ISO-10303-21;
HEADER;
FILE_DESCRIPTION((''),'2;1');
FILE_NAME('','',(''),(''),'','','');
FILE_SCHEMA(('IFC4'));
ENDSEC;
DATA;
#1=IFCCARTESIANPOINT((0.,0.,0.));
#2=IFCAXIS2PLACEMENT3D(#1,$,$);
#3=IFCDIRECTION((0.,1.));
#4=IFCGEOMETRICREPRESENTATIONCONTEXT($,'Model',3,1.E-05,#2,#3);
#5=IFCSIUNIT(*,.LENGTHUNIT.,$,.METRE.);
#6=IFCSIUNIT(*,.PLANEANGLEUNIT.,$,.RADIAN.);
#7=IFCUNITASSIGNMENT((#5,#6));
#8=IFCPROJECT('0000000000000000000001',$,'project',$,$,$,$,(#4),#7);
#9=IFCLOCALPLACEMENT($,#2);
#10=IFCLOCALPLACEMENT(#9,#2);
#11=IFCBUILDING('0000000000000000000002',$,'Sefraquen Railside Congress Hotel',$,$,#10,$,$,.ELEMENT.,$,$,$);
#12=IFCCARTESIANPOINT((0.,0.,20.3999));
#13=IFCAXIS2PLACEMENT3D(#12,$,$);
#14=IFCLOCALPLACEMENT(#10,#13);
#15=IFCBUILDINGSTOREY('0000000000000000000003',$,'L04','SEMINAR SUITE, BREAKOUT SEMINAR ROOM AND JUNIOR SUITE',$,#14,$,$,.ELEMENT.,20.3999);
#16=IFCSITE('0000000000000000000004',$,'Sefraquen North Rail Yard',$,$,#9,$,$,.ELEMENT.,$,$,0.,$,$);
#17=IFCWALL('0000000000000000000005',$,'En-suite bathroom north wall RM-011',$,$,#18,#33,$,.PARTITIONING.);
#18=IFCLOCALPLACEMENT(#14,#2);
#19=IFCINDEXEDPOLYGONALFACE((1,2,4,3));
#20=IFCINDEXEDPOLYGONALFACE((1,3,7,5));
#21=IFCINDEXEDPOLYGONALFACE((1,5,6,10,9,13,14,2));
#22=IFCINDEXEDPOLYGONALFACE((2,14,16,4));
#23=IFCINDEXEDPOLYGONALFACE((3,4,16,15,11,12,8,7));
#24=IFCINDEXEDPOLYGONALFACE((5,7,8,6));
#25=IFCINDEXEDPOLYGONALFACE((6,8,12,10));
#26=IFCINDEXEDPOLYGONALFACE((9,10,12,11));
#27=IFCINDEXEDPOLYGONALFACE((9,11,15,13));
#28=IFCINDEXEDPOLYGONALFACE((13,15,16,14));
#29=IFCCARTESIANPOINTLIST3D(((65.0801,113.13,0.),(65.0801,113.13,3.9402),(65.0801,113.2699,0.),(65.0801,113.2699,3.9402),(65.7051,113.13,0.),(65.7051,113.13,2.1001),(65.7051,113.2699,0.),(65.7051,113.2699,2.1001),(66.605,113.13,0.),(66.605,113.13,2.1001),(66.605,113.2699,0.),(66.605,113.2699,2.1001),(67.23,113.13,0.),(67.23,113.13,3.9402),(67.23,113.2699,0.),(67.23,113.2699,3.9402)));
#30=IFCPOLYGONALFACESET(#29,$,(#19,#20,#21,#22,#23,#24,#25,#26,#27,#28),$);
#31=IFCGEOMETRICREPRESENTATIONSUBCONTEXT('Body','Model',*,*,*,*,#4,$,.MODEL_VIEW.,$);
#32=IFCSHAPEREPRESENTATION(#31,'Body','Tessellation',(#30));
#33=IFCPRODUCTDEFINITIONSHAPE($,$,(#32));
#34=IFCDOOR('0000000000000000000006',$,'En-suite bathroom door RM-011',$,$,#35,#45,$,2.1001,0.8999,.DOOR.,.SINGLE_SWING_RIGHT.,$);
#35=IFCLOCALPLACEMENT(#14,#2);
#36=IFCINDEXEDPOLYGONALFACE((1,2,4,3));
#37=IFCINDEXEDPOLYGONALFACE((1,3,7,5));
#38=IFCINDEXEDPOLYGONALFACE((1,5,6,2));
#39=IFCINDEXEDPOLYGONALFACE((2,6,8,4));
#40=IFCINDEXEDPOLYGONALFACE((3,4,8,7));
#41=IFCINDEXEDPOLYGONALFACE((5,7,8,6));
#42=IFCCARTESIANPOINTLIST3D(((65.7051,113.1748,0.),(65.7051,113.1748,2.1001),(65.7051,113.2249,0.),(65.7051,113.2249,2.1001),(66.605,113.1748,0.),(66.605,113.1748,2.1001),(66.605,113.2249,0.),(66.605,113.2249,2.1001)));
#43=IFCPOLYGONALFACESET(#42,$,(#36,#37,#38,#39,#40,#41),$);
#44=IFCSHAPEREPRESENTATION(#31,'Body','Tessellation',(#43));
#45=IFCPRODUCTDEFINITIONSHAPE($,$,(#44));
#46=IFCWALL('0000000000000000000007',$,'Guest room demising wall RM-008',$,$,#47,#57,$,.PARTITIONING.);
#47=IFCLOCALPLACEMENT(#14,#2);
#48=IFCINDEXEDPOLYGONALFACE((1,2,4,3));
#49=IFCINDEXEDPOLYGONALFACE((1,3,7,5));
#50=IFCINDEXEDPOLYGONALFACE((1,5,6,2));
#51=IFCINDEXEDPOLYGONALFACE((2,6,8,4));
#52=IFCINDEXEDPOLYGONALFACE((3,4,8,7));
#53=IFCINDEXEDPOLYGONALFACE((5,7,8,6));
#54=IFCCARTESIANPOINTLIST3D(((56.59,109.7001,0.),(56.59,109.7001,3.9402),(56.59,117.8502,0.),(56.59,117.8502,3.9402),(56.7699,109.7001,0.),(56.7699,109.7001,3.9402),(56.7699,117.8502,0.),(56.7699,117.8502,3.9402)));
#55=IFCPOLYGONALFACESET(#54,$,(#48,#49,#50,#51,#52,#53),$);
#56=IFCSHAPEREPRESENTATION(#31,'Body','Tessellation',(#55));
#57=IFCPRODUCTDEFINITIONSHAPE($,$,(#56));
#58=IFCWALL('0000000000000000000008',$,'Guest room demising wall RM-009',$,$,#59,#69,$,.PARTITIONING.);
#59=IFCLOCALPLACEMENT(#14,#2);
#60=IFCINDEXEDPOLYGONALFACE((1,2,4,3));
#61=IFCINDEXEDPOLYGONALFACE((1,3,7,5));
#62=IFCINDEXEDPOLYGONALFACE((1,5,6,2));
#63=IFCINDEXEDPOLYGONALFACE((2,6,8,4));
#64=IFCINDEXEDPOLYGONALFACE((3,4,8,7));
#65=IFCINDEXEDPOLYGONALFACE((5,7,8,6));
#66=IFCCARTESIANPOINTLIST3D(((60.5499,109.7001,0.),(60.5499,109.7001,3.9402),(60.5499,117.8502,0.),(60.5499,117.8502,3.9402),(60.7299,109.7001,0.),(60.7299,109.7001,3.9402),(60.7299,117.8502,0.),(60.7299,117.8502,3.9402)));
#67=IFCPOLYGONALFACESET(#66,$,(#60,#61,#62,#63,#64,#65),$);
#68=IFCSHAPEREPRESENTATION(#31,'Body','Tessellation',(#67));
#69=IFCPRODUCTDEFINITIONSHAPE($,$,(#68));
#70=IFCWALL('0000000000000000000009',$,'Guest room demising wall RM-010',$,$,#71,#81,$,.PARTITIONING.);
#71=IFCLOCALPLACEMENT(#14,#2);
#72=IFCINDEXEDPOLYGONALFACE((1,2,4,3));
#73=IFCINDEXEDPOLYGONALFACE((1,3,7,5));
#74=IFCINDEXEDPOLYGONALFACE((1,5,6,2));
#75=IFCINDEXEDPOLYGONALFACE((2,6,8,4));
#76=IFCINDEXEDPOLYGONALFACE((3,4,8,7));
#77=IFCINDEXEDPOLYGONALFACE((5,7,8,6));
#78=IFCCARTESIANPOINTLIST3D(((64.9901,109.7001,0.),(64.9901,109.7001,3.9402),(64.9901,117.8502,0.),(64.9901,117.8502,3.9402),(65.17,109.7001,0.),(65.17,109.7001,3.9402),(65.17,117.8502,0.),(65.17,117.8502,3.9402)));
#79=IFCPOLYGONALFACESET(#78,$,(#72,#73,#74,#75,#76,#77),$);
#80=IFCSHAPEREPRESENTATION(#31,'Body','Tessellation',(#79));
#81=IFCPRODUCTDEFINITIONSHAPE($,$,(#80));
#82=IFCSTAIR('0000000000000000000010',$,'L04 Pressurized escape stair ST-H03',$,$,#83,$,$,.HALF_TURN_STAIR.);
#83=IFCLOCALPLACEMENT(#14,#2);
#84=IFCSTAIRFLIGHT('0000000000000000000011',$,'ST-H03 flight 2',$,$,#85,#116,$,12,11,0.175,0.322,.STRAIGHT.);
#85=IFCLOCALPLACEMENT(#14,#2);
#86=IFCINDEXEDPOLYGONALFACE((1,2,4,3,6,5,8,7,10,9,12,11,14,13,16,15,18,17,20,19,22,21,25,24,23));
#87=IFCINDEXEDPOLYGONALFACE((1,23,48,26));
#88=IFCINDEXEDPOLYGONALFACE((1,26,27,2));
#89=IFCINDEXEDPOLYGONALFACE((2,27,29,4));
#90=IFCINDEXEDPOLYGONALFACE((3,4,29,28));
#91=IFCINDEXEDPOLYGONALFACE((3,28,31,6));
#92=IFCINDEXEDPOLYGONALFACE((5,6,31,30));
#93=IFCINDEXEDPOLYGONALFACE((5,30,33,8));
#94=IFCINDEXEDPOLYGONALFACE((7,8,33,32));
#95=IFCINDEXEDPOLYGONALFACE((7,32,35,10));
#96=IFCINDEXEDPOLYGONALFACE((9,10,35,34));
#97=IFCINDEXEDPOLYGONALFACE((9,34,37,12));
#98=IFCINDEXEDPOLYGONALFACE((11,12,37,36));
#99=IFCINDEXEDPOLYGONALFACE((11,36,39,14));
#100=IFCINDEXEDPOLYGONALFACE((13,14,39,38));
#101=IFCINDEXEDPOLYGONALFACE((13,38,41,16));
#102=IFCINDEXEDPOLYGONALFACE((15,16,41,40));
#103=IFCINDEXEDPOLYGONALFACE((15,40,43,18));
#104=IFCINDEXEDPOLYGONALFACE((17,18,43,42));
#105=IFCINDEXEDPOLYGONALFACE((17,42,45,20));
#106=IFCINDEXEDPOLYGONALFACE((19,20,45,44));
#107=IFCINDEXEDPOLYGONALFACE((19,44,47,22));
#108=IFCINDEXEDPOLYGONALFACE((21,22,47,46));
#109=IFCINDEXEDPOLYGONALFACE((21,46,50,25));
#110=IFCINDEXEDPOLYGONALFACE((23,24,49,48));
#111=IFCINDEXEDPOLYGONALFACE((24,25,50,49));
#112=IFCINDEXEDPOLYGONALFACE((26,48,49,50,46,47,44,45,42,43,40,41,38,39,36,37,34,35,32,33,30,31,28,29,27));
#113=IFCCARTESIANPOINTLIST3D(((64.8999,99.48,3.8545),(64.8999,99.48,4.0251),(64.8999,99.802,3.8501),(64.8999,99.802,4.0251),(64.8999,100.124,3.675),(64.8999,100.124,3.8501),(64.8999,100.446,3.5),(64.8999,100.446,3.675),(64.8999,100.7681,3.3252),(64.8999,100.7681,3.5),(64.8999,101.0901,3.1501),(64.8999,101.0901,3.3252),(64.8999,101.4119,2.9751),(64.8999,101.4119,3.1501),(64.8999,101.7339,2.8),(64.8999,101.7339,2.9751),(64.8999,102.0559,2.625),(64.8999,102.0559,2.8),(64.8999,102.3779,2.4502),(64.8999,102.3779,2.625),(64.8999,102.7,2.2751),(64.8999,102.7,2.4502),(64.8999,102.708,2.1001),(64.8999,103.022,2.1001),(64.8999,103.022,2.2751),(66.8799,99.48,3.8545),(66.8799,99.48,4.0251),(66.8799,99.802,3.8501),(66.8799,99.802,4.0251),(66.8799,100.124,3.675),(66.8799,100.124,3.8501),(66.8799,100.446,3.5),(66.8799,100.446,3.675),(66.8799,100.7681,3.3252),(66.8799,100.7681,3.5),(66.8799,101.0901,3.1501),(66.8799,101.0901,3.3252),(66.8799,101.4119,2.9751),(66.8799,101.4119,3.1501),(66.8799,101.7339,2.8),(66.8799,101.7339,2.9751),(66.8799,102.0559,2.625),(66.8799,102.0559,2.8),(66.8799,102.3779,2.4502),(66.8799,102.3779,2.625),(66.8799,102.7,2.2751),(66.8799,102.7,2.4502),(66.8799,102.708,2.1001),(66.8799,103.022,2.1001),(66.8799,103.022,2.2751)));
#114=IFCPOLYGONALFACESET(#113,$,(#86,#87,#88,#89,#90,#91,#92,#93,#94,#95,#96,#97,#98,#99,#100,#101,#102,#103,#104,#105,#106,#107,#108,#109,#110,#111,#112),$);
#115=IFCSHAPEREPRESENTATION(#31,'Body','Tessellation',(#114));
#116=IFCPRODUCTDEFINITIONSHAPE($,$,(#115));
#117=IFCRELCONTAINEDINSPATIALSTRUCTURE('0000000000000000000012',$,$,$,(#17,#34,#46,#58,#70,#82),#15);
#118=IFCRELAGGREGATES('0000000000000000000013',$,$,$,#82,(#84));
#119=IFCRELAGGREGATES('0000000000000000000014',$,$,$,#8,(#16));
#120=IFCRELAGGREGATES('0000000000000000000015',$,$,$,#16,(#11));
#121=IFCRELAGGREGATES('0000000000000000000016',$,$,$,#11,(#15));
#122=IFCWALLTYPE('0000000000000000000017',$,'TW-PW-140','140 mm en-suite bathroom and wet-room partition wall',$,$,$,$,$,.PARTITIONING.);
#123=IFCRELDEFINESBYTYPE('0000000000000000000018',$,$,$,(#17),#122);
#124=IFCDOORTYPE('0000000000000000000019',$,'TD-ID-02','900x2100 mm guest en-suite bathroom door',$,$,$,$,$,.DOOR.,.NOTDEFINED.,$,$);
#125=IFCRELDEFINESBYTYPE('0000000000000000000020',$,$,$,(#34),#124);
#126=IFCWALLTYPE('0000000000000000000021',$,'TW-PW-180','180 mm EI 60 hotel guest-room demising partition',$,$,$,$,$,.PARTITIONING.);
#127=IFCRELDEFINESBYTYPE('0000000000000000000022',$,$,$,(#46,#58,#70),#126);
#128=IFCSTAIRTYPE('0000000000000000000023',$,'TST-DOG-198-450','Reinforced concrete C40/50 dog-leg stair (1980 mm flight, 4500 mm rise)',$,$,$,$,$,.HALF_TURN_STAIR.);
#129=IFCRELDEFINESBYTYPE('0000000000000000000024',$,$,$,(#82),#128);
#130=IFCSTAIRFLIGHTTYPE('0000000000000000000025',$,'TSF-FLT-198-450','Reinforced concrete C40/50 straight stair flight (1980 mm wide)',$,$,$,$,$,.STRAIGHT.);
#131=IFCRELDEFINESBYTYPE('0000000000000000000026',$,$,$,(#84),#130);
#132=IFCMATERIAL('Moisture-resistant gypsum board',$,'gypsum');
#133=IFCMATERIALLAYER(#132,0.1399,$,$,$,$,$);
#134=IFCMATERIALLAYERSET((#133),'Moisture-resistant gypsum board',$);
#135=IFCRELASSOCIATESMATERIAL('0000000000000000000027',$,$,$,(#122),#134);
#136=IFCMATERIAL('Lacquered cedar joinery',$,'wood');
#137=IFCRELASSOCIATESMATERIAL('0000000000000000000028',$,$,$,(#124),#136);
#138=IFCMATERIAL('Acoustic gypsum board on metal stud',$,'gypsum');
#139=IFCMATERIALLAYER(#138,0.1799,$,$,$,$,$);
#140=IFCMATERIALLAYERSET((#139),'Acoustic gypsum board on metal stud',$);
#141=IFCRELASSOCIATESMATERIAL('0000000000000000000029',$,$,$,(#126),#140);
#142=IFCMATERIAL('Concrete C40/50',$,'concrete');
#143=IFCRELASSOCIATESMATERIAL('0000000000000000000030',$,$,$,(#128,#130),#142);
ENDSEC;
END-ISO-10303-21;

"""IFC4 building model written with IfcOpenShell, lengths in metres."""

from ifc_helpers import new_model, si_unit, direction, frame, frame_2d, origin, place, context, subcontext, project, spatial, polyline, rectangle, outline, extrude, material, layer, layer_set, type_object, element, fill, aggregate, save


model = new_model("IFC4")

# Units and contexts
model_context = context("Model", 3, precision=1e-05, world=origin(), true_north=direction((0.0, 1.0)))
body_context = subcontext(model_context, "Body", "Model", "MODEL_VIEW")
ifc_project = project(units=[si_unit("LENGTHUNIT", "METRE"), si_unit("PLANEANGLEUNIT", "RADIAN")], contexts=[model_context])

# Site, building, storey
site_placement = place(None, origin())
site = spatial("IfcSite", under=ifc_project, at=site_placement, Name="Sefraquen North Rail Yard", CompositionType="ELEMENT", RefElevation=0.0)
building_placement = place(site_placement, origin())
building = spatial("IfcBuilding", under=site, at=building_placement, Name="Sefraquen Railside Congress Hotel", CompositionType="ELEMENT")
storey_placement = place(building_placement, frame((0.0, 0.0, 20.3999)))
storey = spatial("IfcBuildingStorey", under=building, at=storey_placement, Name="L04", Description="SEMINAR SUITE, BREAKOUT SEMINAR ROOM AND JUNIOR SUITE", CompositionType="ELEMENT", Elevation=20.3999)

# Shared definitions
ifc_material_1 = material(Name="Moisture-resistant gypsum board", Category="gypsum")
ifc_layer_1 = layer(ifc_material_1, 0.1399)
ifc_layer_set_1 = layer_set([ifc_layer_1], Name="Moisture-resistant gypsum board")
wall_type_1 = type_object("IfcWallType", Name="TW-PW-140", Description="140 mm en-suite bathroom and wet-room partition wall", PredefinedType="PARTITIONING", material=ifc_layer_set_1)

# Shared definitions
ifc_material_2 = material(Name="Lacquered cedar joinery", Category="wood")
door_type = type_object("IfcDoorType", Name="TD-ID-02", Description="900x2100 mm guest en-suite bathroom door", OperationType="NOTDEFINED", PredefinedType="DOOR", material=ifc_material_2)

# Wall, opening, door
wall_1_placement = place(storey_placement, frame((65.0801, 113.2, 0.0), z_axis=(0.0, 0.0, 1.0), x_axis=(1.0, 0.0, 0.0)))
wall_1 = element("IfcWall", 1, at=wall_1_placement, inside=storey, type_object=wall_type_1, Name="En-suite bathroom north wall RM-011", PredefinedType="PARTITIONING", context=body_context, shape_type="SweptSolid", body=[
    extrude(rectangle(XDim=2.1499, YDim=0.1399, at=frame_2d((1.075, 0.0))), origin(), (0.0, 0.0, 1.0), 3.9402),
])
opening_1_placement = place(wall_1_placement, frame((0.625, 0.0, 0.0)))
opening_1 = element("IfcOpeningElement", 2, at=opening_1_placement, cuts=wall_1, PredefinedType="OPENING", context=body_context, shape_type="SweptSolid", body=[
    extrude(rectangle(XDim=0.8999, YDim=2.1001, at=frame_2d((0.45, 1.05))), frame((0.0, 0.0798, 0.0), z_axis=(0.0, -1.0, 0.0), x_axis=(1.0, 0.0, 0.0)), (0.0, 0.0, 1.0), 0.1599),
])
door_1_placement = place(opening_1_placement, origin())
door_1 = element("IfcDoor", 3, at=door_1_placement, inside=storey, type_object=door_type, Name="En-suite bathroom door RM-011", OperationType="SINGLE_SWING_RIGHT", OverallHeight=2.1001, OverallWidth=0.8999, PredefinedType="DOOR", context=body_context, shape_type="SweptSolid", body=[
    extrude(rectangle(XDim=0.8999, YDim=2.1001, at=frame_2d((0.45, 1.05))), frame((0.0, 0.0249, 0.0), z_axis=(0.0, -1.0, 0.0), x_axis=(1.0, 0.0, 0.0)), (0.0, 0.0, 1.0), 0.05),
])
fill(opening_1, door_1)

# Walls
ifc_material_3 = material(Name="Acoustic gypsum board on metal stud", Category="gypsum")
ifc_layer_2 = layer(ifc_material_3, 0.1799)
ifc_layer_set_2 = layer_set([ifc_layer_2], Name="Acoustic gypsum board on metal stud")
wall_type_2 = type_object("IfcWallType", Name="TW-PW-180", Description="180 mm EI 60 hotel guest-room demising partition", PredefinedType="PARTITIONING", material=ifc_layer_set_2)
for number, where, z_axis, x_axis, name in (
    (4, (56.6799, 109.7, 0.0), (0.0, 0.0, 1.0), (0.0, 1.0, 0.0), "Guest room demising wall RM-008"),
    (5, (60.6399, 109.7, 0.0), (0.0, 0.0, 1.0), (0.0, 1.0, 0.0), "Guest room demising wall RM-009"),
    (6, (65.0801, 109.7, 0.0), (0.0, 0.0, 1.0), (0.0, 1.0, 0.0), "Guest room demising wall RM-010"),
):
    element("IfcWall", number, at=place(storey_placement, frame(where, z_axis=z_axis, x_axis=x_axis)), inside=storey, type_object=wall_type_2, Name=name, PredefinedType="PARTITIONING", context=body_context, shape_type="SweptSolid", body=[
        extrude(rectangle(XDim=8.1501, YDim=0.1799, at=frame_2d((4.0752, 0.0))), origin(), (0.0, 0.0, 1.0), 3.9402),
    ])

# Stair, stair flight
ifc_material_4 = material(Name="Concrete C40/50", Category="concrete")
stair_type = type_object("IfcStairType", Name="TST-DOG-198-450", Description="Reinforced concrete C40/50 dog-leg stair (1980 mm flight, 4500 mm rise)", PredefinedType="HALF_TURN_STAIR", material=ifc_material_4)
stair_placement = place(storey_placement, origin())
stair = element("IfcStair", 7, at=stair_placement, inside=storey, type_object=stair_type, Name="L04 Pressurized escape stair ST-H03", PredefinedType="HALF_TURN_STAIR")
stair_flight_type = type_object("IfcStairFlightType", Name="TSF-FLT-198-450", Description="Reinforced concrete C40/50 straight stair flight (1980 mm wide)", PredefinedType="STRAIGHT", material=ifc_material_4)
stair_flight_placement = place(storey_placement, frame((65.8899, 103.022, 2.1001), z_axis=(0.0, 0.0, 1.0), x_axis=(0.0, -1.0, 0.0)))
stair_flight = element("IfcStairFlight", 8, at=stair_flight_placement, type_object=stair_flight_type, Name="ST-H03 flight 2", NumberOfRisers=12, NumberOfTreads=11, PredefinedType="STRAIGHT", RiserHeight=0.175, TreadLength=0.322, context=body_context, shape_type="SweptSolid", body=[
    extrude(outline(polyline([(0.0, 0.0), (0.0, 0.175), (0.322, 0.175), (0.322, 0.3501), (0.644, 0.3501), (0.644, 0.5249), (0.9661, 0.5249), (0.9661, 0.7), (1.2881, 0.7), (1.2881, 0.875), (1.6101, 0.875), (1.6101, 1.05), (1.9319, 1.05), (1.9319, 1.2251), (2.2539, 1.2251), (2.2539, 1.3999), (2.5759, 1.3999), (2.5759, 1.575), (2.8979, 1.575), (2.8979, 1.75), (3.22, 1.75), (3.22, 1.925), (3.542, 1.925), (3.542, 2.1001), (3.542, 1.7544), (0.314, 0.0), (0.0, 0.0)])), frame((0.0, 0.99, 0.0), z_axis=(0.0, -1.0, 0.0), x_axis=(1.0, 0.0, 0.0)), (0.0, 0.0, 1.0), 1.98),
])
aggregate(stair, [stair_flight])

save(model, "model.ifc")
